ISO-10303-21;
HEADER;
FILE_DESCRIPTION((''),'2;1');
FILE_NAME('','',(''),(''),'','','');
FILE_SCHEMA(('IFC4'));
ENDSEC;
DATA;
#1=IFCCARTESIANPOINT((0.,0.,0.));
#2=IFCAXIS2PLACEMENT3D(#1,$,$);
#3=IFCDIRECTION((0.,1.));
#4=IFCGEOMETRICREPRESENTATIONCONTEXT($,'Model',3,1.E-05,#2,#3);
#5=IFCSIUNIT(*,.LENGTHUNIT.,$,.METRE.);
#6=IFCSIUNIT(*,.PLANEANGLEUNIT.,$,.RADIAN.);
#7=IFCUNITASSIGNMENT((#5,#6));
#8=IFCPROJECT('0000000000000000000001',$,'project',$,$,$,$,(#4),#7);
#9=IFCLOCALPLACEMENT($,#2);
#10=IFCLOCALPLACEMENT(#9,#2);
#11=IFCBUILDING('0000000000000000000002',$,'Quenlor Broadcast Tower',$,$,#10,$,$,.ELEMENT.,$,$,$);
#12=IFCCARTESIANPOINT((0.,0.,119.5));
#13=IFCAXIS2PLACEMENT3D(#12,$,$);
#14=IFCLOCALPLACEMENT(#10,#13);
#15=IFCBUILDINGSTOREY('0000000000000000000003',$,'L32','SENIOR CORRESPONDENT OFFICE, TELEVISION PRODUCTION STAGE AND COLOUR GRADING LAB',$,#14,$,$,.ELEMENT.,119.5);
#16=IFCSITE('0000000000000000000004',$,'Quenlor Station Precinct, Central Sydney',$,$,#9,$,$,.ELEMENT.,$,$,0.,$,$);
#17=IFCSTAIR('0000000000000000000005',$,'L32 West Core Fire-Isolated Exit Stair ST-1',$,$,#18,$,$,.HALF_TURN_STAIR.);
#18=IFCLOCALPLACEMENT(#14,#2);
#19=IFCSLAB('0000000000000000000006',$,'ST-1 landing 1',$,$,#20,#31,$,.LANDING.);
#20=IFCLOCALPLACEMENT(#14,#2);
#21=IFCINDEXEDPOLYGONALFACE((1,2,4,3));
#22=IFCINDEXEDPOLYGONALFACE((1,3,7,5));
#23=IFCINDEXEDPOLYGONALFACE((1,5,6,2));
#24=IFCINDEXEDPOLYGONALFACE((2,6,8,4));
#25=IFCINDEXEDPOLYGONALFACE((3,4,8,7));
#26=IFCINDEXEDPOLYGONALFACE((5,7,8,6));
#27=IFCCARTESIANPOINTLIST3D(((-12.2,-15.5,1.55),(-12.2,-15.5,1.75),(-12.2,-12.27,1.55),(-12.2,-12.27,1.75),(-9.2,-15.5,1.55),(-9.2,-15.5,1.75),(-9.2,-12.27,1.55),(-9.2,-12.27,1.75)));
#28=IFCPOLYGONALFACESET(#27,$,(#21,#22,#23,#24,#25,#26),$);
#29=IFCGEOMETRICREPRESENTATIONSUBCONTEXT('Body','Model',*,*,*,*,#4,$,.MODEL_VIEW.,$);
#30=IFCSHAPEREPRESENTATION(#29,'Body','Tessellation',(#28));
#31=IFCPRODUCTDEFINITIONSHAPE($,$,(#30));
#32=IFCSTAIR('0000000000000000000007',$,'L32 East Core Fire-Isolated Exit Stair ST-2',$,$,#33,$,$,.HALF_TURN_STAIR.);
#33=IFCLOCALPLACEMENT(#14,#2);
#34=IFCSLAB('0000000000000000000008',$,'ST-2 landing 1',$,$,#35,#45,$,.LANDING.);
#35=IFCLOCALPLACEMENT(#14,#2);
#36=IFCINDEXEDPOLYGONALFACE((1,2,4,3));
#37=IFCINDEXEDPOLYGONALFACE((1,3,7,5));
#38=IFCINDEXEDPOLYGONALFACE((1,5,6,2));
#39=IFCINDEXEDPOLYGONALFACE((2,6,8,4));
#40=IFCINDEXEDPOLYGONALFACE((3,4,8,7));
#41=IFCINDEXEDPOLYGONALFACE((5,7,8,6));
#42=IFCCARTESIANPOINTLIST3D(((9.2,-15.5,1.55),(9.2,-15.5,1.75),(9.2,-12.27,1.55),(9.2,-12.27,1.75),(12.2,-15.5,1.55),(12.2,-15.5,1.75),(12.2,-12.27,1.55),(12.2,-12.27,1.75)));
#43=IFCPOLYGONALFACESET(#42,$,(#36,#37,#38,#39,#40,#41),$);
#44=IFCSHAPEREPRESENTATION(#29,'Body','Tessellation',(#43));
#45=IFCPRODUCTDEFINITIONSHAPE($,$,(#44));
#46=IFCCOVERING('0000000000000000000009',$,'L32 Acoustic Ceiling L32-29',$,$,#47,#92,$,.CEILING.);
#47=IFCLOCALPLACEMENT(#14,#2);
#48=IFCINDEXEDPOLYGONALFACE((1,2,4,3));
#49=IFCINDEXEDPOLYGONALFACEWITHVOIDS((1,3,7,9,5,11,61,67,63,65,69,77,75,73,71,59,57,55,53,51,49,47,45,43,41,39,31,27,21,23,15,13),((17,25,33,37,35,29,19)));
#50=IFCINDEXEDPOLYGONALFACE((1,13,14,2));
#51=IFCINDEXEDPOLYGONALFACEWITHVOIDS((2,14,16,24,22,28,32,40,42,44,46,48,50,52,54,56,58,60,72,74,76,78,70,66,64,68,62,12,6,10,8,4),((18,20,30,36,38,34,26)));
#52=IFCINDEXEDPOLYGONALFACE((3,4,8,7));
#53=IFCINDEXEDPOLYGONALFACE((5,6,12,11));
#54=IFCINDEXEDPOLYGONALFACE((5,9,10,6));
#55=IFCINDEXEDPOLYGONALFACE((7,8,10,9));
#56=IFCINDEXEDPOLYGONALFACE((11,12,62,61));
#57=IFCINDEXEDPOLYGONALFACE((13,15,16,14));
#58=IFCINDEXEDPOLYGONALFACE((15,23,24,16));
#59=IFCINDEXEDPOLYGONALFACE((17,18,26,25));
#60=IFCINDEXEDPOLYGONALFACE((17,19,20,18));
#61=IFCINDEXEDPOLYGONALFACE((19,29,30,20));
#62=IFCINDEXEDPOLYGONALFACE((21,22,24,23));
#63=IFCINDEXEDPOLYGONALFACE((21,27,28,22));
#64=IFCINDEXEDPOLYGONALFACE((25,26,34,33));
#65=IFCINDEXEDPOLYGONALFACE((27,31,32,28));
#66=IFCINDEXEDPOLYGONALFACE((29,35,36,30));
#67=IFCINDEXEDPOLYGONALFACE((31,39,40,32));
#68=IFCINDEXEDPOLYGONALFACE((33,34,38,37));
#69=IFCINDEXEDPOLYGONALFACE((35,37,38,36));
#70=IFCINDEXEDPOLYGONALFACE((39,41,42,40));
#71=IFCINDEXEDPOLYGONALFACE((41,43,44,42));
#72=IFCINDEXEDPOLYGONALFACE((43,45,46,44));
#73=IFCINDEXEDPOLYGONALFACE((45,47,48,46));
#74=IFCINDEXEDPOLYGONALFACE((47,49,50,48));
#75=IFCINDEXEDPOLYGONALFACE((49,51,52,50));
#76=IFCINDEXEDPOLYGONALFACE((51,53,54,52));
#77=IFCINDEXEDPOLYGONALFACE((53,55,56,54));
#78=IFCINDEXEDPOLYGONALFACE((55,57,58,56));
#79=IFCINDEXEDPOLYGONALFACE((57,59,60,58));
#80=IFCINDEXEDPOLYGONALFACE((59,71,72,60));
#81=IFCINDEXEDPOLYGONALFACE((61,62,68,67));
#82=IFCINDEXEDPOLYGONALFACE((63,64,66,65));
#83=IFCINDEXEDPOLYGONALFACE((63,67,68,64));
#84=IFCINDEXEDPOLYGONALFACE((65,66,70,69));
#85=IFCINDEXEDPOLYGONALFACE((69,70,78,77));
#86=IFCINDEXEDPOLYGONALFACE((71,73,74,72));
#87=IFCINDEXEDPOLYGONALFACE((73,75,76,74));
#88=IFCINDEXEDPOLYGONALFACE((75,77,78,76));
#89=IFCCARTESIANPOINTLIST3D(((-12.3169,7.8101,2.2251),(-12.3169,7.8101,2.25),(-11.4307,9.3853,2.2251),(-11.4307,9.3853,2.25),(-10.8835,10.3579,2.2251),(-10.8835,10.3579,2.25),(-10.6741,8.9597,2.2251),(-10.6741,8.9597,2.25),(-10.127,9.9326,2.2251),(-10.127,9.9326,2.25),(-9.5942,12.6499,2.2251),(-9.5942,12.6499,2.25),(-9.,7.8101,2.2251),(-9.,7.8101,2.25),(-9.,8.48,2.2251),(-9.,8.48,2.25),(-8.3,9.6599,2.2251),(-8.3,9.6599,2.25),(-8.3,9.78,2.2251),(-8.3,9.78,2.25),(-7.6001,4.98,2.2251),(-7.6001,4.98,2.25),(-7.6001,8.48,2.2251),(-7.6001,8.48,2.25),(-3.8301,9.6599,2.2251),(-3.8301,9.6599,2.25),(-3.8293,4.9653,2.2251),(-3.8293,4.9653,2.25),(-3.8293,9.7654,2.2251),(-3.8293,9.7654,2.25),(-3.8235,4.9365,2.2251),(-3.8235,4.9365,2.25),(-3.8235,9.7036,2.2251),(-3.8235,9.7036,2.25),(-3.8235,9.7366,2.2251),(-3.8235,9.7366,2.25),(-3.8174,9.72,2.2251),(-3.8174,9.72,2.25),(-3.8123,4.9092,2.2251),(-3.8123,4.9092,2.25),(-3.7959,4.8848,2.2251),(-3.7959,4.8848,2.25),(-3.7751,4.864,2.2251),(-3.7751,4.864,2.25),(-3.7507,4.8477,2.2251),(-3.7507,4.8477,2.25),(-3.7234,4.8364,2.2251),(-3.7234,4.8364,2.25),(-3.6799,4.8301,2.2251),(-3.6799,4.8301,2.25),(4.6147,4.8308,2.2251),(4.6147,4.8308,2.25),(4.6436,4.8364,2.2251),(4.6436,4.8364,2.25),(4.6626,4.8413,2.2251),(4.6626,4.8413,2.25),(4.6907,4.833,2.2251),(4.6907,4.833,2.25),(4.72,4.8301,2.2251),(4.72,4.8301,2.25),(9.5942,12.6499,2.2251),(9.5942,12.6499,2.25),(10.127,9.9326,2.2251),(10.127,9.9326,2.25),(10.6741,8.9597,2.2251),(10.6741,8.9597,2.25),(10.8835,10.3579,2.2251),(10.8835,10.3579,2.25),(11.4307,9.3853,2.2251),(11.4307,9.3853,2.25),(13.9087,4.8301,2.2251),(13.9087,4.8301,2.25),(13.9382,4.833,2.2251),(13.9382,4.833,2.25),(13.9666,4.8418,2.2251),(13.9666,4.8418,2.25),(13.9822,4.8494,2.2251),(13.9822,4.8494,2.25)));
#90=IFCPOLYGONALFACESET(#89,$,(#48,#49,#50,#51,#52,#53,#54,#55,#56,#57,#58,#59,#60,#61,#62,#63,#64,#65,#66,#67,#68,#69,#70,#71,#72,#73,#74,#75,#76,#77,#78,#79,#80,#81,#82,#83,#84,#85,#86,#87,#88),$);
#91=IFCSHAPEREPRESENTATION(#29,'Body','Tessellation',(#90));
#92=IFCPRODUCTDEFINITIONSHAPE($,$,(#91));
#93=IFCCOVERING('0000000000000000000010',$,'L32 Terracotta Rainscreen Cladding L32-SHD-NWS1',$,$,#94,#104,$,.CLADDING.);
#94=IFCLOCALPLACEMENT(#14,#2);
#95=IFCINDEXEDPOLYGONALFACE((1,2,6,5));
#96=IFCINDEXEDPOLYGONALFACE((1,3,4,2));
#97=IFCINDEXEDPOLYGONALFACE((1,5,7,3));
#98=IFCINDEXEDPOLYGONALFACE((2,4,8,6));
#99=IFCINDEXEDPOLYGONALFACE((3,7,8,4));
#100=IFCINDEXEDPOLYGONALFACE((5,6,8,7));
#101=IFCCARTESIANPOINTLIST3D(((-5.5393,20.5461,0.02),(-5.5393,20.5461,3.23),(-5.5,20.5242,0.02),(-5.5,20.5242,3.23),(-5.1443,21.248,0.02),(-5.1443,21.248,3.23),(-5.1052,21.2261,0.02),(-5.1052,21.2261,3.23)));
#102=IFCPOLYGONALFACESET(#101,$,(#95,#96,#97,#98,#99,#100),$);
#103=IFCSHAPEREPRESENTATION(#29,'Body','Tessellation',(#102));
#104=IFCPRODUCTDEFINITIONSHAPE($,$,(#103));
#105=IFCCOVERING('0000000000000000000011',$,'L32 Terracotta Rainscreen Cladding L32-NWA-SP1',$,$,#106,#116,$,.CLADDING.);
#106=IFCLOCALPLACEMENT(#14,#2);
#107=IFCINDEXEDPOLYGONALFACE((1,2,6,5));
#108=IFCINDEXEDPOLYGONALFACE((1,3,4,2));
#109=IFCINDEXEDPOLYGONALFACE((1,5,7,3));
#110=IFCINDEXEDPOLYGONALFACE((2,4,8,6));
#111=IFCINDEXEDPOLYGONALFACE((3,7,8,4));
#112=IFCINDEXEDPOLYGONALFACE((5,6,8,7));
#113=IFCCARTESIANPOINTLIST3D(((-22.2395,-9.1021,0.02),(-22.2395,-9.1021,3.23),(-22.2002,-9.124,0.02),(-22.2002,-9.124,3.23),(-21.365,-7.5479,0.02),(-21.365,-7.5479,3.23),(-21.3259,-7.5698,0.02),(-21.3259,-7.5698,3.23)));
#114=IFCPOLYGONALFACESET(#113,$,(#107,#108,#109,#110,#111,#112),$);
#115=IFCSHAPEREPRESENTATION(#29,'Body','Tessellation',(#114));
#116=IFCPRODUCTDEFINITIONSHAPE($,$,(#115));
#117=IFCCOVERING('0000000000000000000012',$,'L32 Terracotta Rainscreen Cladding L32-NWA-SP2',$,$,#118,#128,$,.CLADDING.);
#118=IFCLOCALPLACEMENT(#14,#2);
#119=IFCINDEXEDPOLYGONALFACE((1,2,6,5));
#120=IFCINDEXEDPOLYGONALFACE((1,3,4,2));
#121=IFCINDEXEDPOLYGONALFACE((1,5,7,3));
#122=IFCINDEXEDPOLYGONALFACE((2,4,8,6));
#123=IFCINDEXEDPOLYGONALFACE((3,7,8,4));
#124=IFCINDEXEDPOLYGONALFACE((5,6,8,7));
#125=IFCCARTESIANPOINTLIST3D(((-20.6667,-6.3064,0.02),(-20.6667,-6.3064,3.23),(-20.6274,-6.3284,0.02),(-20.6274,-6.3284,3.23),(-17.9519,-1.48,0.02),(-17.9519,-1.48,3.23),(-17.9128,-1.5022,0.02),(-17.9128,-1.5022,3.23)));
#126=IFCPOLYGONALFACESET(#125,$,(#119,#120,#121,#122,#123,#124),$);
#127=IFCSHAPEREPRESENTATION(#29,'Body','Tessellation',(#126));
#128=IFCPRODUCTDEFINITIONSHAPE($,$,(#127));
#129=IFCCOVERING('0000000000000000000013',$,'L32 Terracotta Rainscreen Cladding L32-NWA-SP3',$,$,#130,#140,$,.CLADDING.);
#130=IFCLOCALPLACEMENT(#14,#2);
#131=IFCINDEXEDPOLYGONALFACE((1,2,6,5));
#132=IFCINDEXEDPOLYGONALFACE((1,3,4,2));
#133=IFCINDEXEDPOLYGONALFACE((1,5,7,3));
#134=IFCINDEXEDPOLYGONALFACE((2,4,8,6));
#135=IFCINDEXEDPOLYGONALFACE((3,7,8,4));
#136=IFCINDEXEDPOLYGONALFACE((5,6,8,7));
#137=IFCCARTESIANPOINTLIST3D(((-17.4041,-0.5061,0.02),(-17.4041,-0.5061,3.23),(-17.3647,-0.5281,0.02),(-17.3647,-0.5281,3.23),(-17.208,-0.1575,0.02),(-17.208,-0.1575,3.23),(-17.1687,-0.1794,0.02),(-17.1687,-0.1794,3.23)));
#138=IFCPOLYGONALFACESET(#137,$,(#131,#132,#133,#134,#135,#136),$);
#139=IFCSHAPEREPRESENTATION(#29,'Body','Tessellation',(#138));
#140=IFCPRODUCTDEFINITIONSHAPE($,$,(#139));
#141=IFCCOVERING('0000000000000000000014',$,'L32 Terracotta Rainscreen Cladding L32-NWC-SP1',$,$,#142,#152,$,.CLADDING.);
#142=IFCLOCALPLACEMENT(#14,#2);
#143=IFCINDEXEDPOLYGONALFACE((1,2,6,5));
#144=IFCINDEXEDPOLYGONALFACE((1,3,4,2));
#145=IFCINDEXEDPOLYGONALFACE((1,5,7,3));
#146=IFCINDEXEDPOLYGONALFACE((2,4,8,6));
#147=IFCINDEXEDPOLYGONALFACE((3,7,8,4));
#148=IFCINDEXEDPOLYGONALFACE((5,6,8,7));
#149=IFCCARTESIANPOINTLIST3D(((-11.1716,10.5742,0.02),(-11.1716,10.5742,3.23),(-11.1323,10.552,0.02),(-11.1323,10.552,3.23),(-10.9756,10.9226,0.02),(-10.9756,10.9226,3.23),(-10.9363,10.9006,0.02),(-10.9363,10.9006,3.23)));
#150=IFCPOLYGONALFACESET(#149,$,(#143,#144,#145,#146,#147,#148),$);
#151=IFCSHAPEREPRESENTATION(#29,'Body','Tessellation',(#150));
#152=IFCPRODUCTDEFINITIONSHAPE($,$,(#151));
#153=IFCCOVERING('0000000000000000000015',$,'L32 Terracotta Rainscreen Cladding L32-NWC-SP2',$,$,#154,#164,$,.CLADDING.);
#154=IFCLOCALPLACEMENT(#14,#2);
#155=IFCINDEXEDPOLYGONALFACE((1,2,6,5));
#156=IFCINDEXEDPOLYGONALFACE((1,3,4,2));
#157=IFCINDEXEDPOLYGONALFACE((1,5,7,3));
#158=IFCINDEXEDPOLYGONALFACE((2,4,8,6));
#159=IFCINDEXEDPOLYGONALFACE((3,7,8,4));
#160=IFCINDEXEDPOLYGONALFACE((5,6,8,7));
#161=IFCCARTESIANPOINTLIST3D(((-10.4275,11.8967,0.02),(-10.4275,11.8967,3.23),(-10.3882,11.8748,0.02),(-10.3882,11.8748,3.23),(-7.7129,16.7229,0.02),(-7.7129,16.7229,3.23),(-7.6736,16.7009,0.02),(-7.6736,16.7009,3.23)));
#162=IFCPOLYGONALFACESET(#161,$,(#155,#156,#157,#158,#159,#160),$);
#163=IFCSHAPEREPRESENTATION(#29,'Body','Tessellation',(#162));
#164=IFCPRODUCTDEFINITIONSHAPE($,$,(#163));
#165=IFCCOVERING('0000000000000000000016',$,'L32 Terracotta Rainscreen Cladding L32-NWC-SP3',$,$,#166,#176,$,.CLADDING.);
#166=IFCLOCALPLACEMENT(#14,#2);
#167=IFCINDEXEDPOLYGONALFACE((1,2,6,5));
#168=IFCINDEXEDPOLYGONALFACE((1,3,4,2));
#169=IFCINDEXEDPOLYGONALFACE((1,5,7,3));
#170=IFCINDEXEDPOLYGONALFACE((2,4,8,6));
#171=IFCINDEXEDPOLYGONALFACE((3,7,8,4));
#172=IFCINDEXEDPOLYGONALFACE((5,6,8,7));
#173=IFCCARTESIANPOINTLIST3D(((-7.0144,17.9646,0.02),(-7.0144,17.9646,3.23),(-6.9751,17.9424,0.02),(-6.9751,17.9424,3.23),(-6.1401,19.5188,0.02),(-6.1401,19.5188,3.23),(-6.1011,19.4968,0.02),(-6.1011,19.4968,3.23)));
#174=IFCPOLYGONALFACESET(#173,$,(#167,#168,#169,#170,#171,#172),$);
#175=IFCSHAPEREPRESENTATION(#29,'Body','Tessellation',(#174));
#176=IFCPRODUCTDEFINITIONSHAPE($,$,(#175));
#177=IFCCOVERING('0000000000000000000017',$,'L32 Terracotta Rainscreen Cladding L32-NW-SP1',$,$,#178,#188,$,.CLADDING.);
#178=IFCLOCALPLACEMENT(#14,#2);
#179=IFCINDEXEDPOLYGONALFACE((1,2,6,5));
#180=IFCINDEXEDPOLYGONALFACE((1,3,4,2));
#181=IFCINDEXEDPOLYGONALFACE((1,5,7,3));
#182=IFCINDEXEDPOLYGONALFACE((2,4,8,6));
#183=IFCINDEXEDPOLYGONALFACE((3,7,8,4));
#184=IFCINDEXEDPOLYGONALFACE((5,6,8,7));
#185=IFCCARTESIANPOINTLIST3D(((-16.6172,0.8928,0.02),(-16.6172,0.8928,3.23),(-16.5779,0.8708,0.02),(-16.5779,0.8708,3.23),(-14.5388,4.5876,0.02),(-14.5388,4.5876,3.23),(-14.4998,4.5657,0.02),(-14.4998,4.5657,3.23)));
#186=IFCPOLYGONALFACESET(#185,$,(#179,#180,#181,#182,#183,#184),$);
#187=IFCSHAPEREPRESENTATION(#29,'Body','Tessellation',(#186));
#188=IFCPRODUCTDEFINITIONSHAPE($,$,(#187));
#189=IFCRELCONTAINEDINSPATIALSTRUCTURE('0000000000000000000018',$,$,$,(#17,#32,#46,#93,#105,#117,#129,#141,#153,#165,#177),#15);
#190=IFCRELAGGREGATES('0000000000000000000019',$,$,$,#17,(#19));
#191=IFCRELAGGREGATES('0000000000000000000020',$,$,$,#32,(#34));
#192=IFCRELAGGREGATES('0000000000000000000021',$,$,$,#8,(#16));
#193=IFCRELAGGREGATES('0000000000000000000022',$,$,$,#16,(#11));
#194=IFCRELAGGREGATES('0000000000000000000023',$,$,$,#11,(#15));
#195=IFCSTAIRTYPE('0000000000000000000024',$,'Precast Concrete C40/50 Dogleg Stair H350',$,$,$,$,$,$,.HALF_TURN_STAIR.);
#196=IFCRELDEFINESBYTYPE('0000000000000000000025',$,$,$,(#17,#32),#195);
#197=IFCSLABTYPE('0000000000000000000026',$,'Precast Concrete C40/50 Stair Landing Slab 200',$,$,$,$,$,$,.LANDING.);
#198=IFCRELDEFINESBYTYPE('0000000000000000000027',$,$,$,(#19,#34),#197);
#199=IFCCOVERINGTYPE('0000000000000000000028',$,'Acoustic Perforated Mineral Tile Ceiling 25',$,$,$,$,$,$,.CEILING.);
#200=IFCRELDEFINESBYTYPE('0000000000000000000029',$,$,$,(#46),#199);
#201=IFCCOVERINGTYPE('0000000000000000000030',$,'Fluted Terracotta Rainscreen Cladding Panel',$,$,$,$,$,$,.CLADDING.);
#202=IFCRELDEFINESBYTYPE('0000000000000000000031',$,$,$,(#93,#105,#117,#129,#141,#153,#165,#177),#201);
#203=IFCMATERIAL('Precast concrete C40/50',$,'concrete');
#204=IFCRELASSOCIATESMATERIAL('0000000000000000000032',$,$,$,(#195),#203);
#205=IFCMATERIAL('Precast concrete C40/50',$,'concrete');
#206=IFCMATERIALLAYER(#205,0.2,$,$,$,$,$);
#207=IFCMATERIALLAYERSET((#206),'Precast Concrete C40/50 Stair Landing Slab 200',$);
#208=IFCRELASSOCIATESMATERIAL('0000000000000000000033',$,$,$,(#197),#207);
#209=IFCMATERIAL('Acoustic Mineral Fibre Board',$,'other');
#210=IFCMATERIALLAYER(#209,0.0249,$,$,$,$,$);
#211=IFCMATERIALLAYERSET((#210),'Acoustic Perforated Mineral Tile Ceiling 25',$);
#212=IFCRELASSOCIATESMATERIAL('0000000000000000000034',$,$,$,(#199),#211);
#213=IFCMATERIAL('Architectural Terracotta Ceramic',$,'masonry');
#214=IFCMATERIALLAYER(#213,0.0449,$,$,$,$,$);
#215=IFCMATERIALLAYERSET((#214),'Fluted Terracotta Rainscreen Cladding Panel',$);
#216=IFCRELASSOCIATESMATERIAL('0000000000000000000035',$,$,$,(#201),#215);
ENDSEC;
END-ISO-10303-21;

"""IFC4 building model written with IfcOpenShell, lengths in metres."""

from ifc_helpers import new_model, si_unit, direction, frame, origin, place, context, subcontext, project, spatial, polyline, outline, extrude, material, layer, layer_set, type_object, element, aggregate, save


model = new_model("IFC4")

# Units and contexts
model_context = context("Model", 3, precision=1e-05, world=origin(), true_north=direction((0.0, 1.0)))
body_context = subcontext(model_context, "Body", "Model", "MODEL_VIEW")
ifc_project = project(units=[si_unit("LENGTHUNIT", "METRE"), si_unit("PLANEANGLEUNIT", "RADIAN")], contexts=[model_context])

# Site, building, storey
site_placement = place(None, origin())
site = spatial("IfcSite", under=ifc_project, at=site_placement, Name="Quenlor Station Precinct, Central Sydney", CompositionType="ELEMENT", RefElevation=0.0)
building_placement = place(site_placement, origin())
building = spatial("IfcBuilding", under=site, at=building_placement, Name="Quenlor Broadcast Tower", CompositionType="ELEMENT")
storey_placement = place(building_placement, frame((0.0, 0.0, 119.5)))
storey = spatial("IfcBuildingStorey", under=building, at=storey_placement, Name="L32", Description="SENIOR CORRESPONDENT OFFICE, TELEVISION PRODUCTION STAGE AND COLOUR GRADING LAB", CompositionType="ELEMENT", Elevation=119.5)

# Stairs, slabs
ifc_material_1 = material(Name="Precast concrete C40/50", Category="concrete")
stair_type = type_object("IfcStairType", Name="Precast Concrete C40/50 Dogleg Stair H350", PredefinedType="HALF_TURN_STAIR", material=ifc_material_1)
stair_1_placement = place(storey_placement, origin())
stair_1 = element("IfcStair", 1, at=stair_1_placement, inside=storey, type_object=stair_type, Name="L32 West Core Fire-Isolated Exit Stair ST-1", PredefinedType="HALF_TURN_STAIR")
ifc_material_2 = material(Name="Precast concrete C40/50", Category="concrete")
ifc_layer_1 = layer(ifc_material_2, 0.2)
ifc_layer_set_1 = layer_set([ifc_layer_1], Name="Precast Concrete C40/50 Stair Landing Slab 200")
slab_type = type_object("IfcSlabType", Name="Precast Concrete C40/50 Stair Landing Slab 200", PredefinedType="LANDING", material=ifc_layer_set_1)
slab_1_placement = place(storey_placement, frame((0.0, 0.0, 1.55)))
slab_1 = element("IfcSlab", 2, at=slab_1_placement, type_object=slab_type, Name="ST-1 landing 1", PredefinedType="LANDING", context=body_context, shape_type="SweptSolid", body=[
    extrude(outline(polyline([(-12.2, -12.27), (-12.2, -15.5), (-9.2, -15.5), (-9.2, -12.27), (-12.2, -12.27)])), origin(), (0.0, 0.0, 1.0), 0.2),
])
aggregate(stair_1, [slab_1])
stair_2_placement = place(storey_placement, origin())
stair_2 = element("IfcStair", 3, at=stair_2_placement, inside=storey, type_object=stair_type, Name="L32 East Core Fire-Isolated Exit Stair ST-2", PredefinedType="HALF_TURN_STAIR")
slab_2_placement = place(storey_placement, frame((0.0, 0.0, 1.55)))
slab_2 = element("IfcSlab", 4, at=slab_2_placement, type_object=slab_type, Name="ST-2 landing 1", PredefinedType="LANDING", context=body_context, shape_type="SweptSolid", body=[
    extrude(outline(polyline([(9.2, -12.27), (9.2, -15.5), (12.2, -15.5), (12.2, -12.27), (9.2, -12.27)])), origin(), (0.0, 0.0, 1.0), 0.2),
])
aggregate(stair_2, [slab_2])

# Coverings
ifc_material_3 = material(Name="Acoustic Mineral Fibre Board", Category="other")
ifc_layer_2 = layer(ifc_material_3, 0.0249)
ifc_layer_set_2 = layer_set([ifc_layer_2], Name="Acoustic Perforated Mineral Tile Ceiling 25")
covering_type_1 = type_object("IfcCoveringType", Name="Acoustic Perforated Mineral Tile Ceiling 25", PredefinedType="CEILING", material=ifc_layer_set_2)
covering_1_placement = place(storey_placement, frame((0.0, 0.0, 2.2251)))
element("IfcCovering", 5, at=covering_1_placement, inside=storey, type_object=covering_type_1, Name="L32 Acoustic Ceiling L32-29", PredefinedType="CEILING", context=body_context, shape_type="SweptSolid", body=[
    extrude(outline(polyline([(-3.7751, 4.864), (-3.7959, 4.8848), (-3.8123, 4.9092), (-3.8235, 4.9365), (-3.8293, 4.9653), (-7.6001, 4.98), (-7.6001, 8.48), (-9.0, 8.48), (-9.0, 7.8101), (-12.3169, 7.8101), (-11.4307, 9.3853), (-10.6741, 8.9597), (-10.127, 9.9326), (-10.8835, 10.3579), (-9.5942, 12.6499), (9.5942, 12.6499), (10.8835, 10.3579), (10.127, 9.9326), (10.6741, 8.9597), (11.4307, 9.3853), (13.9822, 4.8494), (13.9666, 4.8418), (13.9382, 4.833), (13.9087, 4.8301), (4.72, 4.8301), (4.6907, 4.833), (4.6626, 4.8413), (4.6436, 4.8364), (4.6147, 4.8308), (-3.6799, 4.8301), (-3.7234, 4.8364), (-3.7507, 4.8477), (-3.7751, 4.864)]), holes=[polyline([(-3.8235, 9.7366), (-3.8293, 9.7654), (-8.3, 9.78), (-8.3, 9.6599), (-3.8301, 9.6599), (-3.8235, 9.7036), (-3.8174, 9.72), (-3.8235, 9.7366)])]), origin(), (0.0, 0.0, 1.0), 0.0249),
])
ifc_material_4 = material(Name="Architectural Terracotta Ceramic", Category="masonry")
ifc_layer_3 = layer(ifc_material_4, 0.0449)
ifc_layer_set_3 = layer_set([ifc_layer_3], Name="Fluted Terracotta Rainscreen Cladding Panel")
covering_type_2 = type_object("IfcCoveringType", Name="Fluted Terracotta Rainscreen Cladding Panel", PredefinedType="CLADDING", material=ifc_layer_set_3)
covering_2_placement = place(storey_placement, frame((0.0, 0.0, 0.02)))
element("IfcCovering", 6, at=covering_2_placement, inside=storey, type_object=covering_type_2, Name="L32 Terracotta Rainscreen Cladding L32-SHD-NWS1", PredefinedType="CLADDING", context=body_context, shape_type="SweptSolid", body=[
    extrude(outline(polyline([(-5.5, 20.5242), (-5.1052, 21.2261), (-5.1443, 21.248), (-5.5393, 20.5461), (-5.5, 20.5242)])), origin(), (0.0, 0.0, 1.0), 3.21),
])
covering_3_placement = place(storey_placement, frame((0.0, 0.0, 0.02)))
element("IfcCovering", 7, at=covering_3_placement, inside=storey, type_object=covering_type_2, Name="L32 Terracotta Rainscreen Cladding L32-NWA-SP1", PredefinedType="CLADDING", context=body_context, shape_type="SweptSolid", body=[
    extrude(outline(polyline([(-22.2002, -9.124), (-21.3259, -7.5698), (-21.365, -7.5479), (-22.2395, -9.1021), (-22.2002, -9.124)])), origin(), (0.0, 0.0, 1.0), 3.21),
])
covering_4_placement = place(storey_placement, frame((0.0, 0.0, 0.02)))
element("IfcCovering", 8, at=covering_4_placement, inside=storey, type_object=covering_type_2, Name="L32 Terracotta Rainscreen Cladding L32-NWA-SP2", PredefinedType="CLADDING", context=body_context, shape_type="SweptSolid", body=[
    extrude(outline(polyline([(-20.6274, -6.3284), (-17.9128, -1.5022), (-17.9519, -1.48), (-20.6667, -6.3064), (-20.6274, -6.3284)])), origin(), (0.0, 0.0, 1.0), 3.21),
])
covering_5_placement = place(storey_placement, frame((0.0, 0.0, 0.02)))
element("IfcCovering", 9, at=covering_5_placement, inside=storey, type_object=covering_type_2, Name="L32 Terracotta Rainscreen Cladding L32-NWA-SP3", PredefinedType="CLADDING", context=body_context, shape_type="SweptSolid", body=[
    extrude(outline(polyline([(-17.3647, -0.5281), (-17.1687, -0.1794), (-17.208, -0.1575), (-17.4041, -0.5061), (-17.3647, -0.5281)])), origin(), (0.0, 0.0, 1.0), 3.21),
])
covering_6_placement = place(storey_placement, frame((0.0, 0.0, 0.02)))
element("IfcCovering", 10, at=covering_6_placement, inside=storey, type_object=covering_type_2, Name="L32 Terracotta Rainscreen Cladding L32-NWC-SP1", PredefinedType="CLADDING", context=body_context, shape_type="SweptSolid", body=[
    extrude(outline(polyline([(-11.1323, 10.552), (-10.9363, 10.9006), (-10.9756, 10.9226), (-11.1716, 10.5742), (-11.1323, 10.552)])), origin(), (0.0, 0.0, 1.0), 3.21),
])
covering_7_placement = place(storey_placement, frame((0.0, 0.0, 0.02)))
element("IfcCovering", 11, at=covering_7_placement, inside=storey, type_object=covering_type_2, Name="L32 Terracotta Rainscreen Cladding L32-NWC-SP2", PredefinedType="CLADDING", context=body_context, shape_type="SweptSolid", body=[
    extrude(outline(polyline([(-10.3882, 11.8748), (-7.6736, 16.7009), (-7.7129, 16.7229), (-10.4275, 11.8967), (-10.3882, 11.8748)])), origin(), (0.0, 0.0, 1.0), 3.21),
])
covering_8_placement = place(storey_placement, frame((0.0, 0.0, 0.02)))
element("IfcCovering", 12, at=covering_8_placement, inside=storey, type_object=covering_type_2, Name="L32 Terracotta Rainscreen Cladding L32-NWC-SP3", PredefinedType="CLADDING", context=body_context, shape_type="SweptSolid", body=[
    extrude(outline(polyline([(-6.9751, 17.9424), (-6.1011, 19.4968), (-6.1401, 19.5188), (-7.0144, 17.9646), (-6.9751, 17.9424)])), origin(), (0.0, 0.0, 1.0), 3.21),
])
covering_9_placement = place(storey_placement, frame((0.0, 0.0, 0.02)))
element("IfcCovering", 13, at=covering_9_placement, inside=storey, type_object=covering_type_2, Name="L32 Terracotta Rainscreen Cladding L32-NW-SP1", PredefinedType="CLADDING", context=body_context, shape_type="SweptSolid", body=[
    extrude(outline(polyline([(-16.5779, 0.8708), (-14.4998, 4.5657), (-14.5388, 4.5876), (-16.6172, 0.8928), (-16.5779, 0.8708)])), origin(), (0.0, 0.0, 1.0), 3.21),
])

save(model, "model.ifc")
